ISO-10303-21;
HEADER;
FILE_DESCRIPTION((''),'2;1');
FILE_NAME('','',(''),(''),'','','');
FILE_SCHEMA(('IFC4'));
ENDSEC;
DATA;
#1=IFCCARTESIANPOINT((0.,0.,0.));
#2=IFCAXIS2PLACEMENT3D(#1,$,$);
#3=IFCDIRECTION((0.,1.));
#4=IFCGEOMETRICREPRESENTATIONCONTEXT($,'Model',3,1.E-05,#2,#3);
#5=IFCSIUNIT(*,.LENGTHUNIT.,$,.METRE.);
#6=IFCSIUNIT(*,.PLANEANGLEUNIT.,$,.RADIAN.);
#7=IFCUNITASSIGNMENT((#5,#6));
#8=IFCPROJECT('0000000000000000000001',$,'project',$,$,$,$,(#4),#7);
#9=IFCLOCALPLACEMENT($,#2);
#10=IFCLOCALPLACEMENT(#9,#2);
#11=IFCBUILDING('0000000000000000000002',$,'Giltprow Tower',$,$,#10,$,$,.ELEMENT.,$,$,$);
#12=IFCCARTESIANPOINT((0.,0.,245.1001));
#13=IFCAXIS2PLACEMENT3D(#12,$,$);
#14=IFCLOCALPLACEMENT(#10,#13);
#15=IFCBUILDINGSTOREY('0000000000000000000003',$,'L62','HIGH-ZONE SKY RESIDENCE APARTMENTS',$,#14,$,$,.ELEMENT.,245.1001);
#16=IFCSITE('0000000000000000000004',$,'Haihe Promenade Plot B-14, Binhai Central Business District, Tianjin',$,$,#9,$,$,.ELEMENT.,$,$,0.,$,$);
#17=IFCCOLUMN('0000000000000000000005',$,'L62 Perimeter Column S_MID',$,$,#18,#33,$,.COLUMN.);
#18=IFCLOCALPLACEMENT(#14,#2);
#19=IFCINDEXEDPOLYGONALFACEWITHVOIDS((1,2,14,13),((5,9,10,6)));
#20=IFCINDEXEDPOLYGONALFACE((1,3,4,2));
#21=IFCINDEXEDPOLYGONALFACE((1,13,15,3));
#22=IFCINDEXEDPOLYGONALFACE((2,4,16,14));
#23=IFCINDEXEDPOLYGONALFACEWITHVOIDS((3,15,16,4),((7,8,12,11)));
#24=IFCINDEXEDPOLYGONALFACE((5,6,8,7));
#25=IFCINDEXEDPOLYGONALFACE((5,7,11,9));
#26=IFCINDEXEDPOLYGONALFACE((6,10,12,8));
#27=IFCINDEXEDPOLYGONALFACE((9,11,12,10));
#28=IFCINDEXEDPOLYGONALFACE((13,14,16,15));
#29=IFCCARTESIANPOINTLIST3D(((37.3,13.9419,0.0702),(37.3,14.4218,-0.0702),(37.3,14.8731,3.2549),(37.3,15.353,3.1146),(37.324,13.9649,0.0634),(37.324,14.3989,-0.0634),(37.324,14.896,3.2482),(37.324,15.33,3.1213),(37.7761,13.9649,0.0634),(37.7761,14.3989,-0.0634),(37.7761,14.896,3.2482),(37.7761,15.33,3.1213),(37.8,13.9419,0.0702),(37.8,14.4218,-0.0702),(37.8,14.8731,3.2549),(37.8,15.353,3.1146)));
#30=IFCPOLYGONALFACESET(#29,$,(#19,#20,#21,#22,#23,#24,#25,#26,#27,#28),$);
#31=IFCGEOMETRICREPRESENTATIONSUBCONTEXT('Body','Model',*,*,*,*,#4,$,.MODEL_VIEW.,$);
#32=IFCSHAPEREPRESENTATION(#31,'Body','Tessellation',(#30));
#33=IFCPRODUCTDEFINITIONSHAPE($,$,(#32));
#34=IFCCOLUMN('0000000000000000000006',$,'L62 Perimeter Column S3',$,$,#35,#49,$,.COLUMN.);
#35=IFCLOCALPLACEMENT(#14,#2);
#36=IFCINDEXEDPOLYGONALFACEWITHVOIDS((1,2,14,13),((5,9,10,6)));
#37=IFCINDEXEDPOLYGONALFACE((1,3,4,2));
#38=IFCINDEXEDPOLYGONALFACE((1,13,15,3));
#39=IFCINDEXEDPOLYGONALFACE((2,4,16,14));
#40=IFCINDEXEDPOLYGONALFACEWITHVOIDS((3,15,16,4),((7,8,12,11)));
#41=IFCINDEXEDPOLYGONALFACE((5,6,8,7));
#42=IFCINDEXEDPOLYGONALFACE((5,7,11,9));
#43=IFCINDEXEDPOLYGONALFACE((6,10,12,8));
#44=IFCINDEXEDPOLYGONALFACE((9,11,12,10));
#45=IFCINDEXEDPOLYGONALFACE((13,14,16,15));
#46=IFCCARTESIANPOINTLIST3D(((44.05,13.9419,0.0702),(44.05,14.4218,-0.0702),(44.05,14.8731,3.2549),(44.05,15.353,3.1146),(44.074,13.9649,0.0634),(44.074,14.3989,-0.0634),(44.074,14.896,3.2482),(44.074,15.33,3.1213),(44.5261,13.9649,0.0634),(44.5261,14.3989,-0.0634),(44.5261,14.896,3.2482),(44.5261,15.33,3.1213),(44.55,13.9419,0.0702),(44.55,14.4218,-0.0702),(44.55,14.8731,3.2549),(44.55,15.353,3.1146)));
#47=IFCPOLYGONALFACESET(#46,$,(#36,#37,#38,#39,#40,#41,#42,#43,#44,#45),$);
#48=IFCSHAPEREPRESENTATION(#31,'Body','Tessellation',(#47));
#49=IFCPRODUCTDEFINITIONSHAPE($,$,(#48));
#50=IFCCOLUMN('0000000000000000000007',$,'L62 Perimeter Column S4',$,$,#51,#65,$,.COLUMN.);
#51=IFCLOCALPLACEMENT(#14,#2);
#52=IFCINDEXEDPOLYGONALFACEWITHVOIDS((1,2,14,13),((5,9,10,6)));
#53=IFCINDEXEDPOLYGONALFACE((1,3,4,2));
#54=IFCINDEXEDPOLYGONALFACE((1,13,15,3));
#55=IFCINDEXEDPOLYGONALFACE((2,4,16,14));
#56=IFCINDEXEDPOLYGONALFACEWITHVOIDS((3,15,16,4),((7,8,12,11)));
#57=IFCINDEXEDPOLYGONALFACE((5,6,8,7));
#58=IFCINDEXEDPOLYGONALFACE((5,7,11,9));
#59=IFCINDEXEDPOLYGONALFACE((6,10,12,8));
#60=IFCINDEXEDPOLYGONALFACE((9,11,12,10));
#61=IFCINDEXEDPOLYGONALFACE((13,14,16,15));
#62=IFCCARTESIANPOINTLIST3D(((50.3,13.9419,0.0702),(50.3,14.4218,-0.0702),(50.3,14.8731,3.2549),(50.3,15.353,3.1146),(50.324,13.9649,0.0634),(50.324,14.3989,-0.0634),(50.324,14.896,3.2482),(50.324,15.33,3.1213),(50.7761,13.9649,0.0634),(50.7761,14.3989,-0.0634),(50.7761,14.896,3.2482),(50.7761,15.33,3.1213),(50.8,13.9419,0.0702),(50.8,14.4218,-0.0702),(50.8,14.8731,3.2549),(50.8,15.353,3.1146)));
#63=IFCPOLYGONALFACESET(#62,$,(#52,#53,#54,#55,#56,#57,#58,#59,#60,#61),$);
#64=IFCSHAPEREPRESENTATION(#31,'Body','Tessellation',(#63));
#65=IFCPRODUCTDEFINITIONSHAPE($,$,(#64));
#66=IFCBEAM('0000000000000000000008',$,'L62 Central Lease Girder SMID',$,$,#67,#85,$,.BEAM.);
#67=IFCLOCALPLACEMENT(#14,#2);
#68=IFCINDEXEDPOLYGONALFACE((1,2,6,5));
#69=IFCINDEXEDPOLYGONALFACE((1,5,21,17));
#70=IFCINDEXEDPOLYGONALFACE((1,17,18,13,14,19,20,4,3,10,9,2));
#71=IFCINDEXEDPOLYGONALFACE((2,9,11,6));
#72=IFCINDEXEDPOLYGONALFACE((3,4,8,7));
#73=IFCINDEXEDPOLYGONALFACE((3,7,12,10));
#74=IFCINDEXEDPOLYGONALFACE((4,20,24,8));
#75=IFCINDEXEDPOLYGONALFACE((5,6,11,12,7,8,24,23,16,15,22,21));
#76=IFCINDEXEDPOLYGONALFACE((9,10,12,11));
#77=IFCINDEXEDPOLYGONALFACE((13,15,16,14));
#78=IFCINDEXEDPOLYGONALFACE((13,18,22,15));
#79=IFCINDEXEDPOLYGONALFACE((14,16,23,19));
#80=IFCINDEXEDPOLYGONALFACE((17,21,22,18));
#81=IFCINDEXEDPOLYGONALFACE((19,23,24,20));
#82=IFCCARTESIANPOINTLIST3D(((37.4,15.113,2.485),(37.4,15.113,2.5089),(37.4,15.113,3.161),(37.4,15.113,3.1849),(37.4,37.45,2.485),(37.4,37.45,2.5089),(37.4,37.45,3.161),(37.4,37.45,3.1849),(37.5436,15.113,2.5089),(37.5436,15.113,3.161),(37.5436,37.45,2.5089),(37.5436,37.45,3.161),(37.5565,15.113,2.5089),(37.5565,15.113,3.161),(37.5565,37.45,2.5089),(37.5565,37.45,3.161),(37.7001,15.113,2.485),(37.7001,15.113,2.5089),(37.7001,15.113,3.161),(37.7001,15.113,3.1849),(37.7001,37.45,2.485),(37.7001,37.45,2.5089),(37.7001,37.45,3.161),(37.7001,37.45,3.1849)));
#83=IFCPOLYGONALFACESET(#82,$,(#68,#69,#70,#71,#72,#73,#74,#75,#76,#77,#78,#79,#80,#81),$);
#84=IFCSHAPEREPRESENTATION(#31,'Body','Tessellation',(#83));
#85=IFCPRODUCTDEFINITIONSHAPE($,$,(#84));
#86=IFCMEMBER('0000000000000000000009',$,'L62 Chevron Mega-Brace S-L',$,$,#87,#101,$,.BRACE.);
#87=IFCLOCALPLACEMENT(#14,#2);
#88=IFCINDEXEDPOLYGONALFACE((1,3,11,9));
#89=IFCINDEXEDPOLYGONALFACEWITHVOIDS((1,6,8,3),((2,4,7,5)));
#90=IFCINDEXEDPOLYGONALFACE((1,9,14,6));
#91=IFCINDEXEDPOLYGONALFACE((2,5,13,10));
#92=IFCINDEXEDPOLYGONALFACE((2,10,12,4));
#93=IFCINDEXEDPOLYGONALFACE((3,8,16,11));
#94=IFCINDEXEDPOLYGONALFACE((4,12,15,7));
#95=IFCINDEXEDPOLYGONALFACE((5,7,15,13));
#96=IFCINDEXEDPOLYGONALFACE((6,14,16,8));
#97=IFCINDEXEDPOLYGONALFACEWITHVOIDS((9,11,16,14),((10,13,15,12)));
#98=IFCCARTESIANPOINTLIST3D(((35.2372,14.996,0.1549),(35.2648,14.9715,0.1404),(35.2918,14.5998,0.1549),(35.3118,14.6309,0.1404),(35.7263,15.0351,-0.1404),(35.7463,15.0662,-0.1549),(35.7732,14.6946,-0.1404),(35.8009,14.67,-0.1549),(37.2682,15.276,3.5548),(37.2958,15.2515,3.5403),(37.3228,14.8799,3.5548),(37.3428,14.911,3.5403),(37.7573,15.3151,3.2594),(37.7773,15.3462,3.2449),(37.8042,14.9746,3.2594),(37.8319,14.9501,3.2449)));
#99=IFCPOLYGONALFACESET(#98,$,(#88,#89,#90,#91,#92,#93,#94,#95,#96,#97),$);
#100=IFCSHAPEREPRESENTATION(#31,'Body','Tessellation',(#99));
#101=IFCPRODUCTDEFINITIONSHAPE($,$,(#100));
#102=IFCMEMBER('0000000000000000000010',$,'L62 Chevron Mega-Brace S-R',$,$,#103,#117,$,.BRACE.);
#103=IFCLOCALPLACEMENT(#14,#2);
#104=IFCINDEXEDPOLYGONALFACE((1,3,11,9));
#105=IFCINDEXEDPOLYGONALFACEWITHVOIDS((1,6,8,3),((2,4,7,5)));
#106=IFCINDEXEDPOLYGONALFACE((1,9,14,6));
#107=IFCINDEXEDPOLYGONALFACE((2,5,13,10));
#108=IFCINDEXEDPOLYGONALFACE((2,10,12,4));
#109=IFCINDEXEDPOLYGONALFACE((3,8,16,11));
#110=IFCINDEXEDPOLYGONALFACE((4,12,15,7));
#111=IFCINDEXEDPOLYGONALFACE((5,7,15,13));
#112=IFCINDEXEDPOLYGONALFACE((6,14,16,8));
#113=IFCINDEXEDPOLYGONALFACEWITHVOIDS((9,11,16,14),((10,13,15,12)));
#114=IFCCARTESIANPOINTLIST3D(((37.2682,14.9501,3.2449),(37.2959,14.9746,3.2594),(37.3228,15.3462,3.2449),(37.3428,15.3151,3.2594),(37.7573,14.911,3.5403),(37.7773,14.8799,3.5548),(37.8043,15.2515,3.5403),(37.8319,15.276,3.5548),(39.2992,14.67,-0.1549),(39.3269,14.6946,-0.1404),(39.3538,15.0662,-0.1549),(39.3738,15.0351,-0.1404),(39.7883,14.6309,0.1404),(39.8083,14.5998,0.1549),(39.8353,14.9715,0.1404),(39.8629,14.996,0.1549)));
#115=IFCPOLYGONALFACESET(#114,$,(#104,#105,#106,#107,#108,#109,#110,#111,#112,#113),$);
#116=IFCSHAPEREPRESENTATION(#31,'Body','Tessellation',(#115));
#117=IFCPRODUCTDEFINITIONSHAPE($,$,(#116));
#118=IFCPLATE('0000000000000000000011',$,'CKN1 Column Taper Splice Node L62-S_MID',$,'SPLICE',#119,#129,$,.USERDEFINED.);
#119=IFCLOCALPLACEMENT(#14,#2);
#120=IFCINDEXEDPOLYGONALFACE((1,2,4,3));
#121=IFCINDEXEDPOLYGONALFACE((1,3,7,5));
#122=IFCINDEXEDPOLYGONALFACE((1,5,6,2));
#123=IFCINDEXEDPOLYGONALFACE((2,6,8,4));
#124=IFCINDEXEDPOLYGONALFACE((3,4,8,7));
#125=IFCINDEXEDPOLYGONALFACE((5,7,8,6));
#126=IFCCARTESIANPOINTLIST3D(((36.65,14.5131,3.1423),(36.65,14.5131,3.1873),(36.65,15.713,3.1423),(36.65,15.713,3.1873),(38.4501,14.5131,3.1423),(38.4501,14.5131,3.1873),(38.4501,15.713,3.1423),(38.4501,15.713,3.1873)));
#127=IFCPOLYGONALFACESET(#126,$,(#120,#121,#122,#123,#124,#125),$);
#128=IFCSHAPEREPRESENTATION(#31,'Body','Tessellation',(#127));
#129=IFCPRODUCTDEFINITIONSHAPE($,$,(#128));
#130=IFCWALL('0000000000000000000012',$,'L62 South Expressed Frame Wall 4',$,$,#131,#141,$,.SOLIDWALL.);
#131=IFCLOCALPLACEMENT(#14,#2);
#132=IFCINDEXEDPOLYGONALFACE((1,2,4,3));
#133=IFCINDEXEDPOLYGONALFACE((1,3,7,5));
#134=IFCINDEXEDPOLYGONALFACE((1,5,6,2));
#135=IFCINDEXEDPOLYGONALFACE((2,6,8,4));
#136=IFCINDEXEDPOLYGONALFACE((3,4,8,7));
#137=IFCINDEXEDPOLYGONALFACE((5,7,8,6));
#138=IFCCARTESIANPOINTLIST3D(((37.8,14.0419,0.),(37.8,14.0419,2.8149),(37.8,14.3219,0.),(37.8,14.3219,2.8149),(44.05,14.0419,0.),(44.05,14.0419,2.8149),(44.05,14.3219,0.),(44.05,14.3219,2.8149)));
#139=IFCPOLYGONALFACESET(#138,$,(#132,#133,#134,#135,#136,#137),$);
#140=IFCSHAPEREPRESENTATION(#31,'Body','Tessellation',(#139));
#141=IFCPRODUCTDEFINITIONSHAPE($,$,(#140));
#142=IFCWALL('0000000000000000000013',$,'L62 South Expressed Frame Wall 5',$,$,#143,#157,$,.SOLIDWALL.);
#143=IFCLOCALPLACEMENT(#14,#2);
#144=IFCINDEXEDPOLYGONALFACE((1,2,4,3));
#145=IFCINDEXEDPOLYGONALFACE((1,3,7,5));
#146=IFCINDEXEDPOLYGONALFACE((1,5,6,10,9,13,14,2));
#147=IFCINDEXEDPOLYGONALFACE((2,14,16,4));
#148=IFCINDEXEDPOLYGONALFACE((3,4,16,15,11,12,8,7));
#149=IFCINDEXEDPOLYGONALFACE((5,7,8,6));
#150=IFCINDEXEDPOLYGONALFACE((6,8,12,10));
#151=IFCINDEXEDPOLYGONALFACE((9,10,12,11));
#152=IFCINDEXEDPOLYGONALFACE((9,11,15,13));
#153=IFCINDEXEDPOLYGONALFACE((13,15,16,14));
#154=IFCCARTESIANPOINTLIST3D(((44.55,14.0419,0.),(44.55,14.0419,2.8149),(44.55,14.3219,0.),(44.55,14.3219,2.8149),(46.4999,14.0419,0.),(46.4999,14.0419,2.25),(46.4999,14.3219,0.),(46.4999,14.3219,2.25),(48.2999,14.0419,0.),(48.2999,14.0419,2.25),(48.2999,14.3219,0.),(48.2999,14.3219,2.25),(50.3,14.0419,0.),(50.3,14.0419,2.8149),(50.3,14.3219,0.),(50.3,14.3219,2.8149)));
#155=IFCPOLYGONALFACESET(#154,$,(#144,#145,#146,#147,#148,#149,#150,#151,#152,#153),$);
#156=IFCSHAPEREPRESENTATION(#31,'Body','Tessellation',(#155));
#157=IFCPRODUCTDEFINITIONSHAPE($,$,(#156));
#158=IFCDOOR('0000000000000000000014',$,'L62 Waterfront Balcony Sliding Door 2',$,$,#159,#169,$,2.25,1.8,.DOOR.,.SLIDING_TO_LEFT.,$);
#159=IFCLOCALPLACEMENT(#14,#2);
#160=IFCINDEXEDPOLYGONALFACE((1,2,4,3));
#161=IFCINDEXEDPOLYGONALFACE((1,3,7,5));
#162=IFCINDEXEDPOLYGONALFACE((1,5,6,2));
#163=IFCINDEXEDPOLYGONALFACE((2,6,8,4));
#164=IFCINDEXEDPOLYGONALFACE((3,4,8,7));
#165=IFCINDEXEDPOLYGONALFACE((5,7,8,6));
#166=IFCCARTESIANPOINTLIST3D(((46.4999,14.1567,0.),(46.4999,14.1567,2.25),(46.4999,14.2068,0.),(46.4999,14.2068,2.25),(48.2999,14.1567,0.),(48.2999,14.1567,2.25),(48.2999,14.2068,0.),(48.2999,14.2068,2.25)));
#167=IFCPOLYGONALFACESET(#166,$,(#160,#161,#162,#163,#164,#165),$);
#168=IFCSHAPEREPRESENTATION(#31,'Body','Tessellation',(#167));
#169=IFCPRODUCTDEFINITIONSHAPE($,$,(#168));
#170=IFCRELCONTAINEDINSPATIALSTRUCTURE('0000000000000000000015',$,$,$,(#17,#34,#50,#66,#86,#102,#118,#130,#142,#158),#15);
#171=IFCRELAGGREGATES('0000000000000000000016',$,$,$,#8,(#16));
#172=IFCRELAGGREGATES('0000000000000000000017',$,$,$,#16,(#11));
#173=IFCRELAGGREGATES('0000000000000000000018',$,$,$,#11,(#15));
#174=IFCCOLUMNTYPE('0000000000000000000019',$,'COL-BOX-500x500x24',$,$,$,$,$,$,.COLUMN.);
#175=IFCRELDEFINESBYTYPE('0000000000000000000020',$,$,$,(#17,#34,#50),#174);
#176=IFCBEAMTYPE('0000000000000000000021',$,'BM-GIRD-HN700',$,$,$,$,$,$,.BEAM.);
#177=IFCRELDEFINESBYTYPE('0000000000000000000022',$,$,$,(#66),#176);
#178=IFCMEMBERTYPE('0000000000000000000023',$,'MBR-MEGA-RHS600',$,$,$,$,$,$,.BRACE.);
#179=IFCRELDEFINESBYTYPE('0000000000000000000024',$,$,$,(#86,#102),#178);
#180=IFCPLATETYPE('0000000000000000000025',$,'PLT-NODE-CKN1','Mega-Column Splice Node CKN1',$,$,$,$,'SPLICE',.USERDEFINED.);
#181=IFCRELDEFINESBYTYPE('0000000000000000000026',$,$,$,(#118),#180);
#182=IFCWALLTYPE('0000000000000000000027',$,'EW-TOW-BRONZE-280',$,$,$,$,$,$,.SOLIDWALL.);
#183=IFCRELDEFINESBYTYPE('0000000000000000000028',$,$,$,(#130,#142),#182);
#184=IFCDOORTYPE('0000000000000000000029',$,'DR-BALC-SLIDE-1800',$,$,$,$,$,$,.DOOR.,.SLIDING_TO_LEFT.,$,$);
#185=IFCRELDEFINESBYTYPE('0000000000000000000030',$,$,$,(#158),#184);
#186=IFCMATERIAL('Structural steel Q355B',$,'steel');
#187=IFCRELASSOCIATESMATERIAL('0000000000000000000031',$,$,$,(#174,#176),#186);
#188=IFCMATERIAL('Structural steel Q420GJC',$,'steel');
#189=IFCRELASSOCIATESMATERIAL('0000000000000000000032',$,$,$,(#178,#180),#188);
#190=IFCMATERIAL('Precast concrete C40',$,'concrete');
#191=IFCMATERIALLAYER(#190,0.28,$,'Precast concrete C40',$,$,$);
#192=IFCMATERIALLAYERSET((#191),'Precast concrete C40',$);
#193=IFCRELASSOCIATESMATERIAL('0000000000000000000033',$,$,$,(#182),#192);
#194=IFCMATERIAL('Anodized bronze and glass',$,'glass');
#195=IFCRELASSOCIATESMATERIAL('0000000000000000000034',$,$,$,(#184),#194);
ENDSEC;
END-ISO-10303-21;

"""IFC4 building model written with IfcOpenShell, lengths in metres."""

from ifc_helpers import new_model, si_unit, direction, frame, frame_2d, origin, origin_2d, place, context, subcontext, project, spatial, rectangle, hollow_rectangle, i_section, extrude, source, transform, mapped, material, layer, layer_set, material_profile, profile_set, type_object, element, fill, save


model = new_model("IFC4")

# Units and contexts
model_context = context("Model", 3, precision=1e-05, world=origin(), true_north=direction((0.0, 1.0)))
body_context = subcontext(model_context, "Body", "Model", "MODEL_VIEW")
ifc_project = project(units=[si_unit("LENGTHUNIT", "METRE"), si_unit("PLANEANGLEUNIT", "RADIAN")], contexts=[model_context])

# Site, building, storey
site_placement = place(None, origin())
site = spatial("IfcSite", under=ifc_project, at=site_placement, Name="Haihe Promenade Plot B-14, Binhai Central Business District, Tianjin", CompositionType="ELEMENT", RefElevation=0.0)
building_placement = place(site_placement, origin())
building = spatial("IfcBuilding", under=site, at=building_placement, Name="Giltprow Tower", CompositionType="ELEMENT")
storey_placement = place(building_placement, frame((0.0, 0.0, 245.1001)))
storey = spatial("IfcBuildingStorey", under=building, at=storey_placement, Name="L62", Description="HIGH-ZONE SKY RESIDENCE APARTMENTS", CompositionType="ELEMENT", Elevation=245.1001)

# Columns
ifc_material_1 = material(Name="Structural steel Q355B", Category="steel")
ifc_material_profile_1 = material_profile(ifc_material_1, hollow_rectangle(XDim=0.5, YDim=0.5, WallThickness=0.0239, at=origin_2d()), Name="BOX 500x500x24")
ifc_profile_set_1 = profile_set([ifc_material_profile_1], Name="Structural steel Q355B")
column_type = type_object("IfcColumnType", Name="COL-BOX-500x500x24", PredefinedType="COLUMN", material=ifc_profile_set_1)
shared_shape_1 = source(origin(), body_context, "Body", "SweptSolid", [
    extrude(hollow_rectangle(XDim=0.5, YDim=0.5, WallThickness=0.0239, at=origin_2d()), origin(), (0.0, 0.0, 1.0), 3.3181),
])
for number, where, z_axis, x_axis, name in (
    (1, (37.55, 14.1819, 0.0), (0.0, 0.280624, 0.959818), (-1.0, 0.0, 0.0), "L62 Perimeter Column S_MID"),
    (2, (44.3, 14.1819, 0.0), (0.0, 0.280624, 0.959818), (-1.0, 0.0, 0.0), "L62 Perimeter Column S3"),
    (3, (50.55, 14.1819, 0.0), (0.0, 0.280624, 0.959818), (-1.0, 0.0, 0.0), "L62 Perimeter Column S4"),
):
    element("IfcColumn", number, at=place(storey_placement, frame(where, z_axis=z_axis, x_axis=x_axis)), inside=storey, type_object=column_type, Name=name, PredefinedType="COLUMN", context=body_context, shape_type="MappedRepresentation", body=[
        mapped(shared_shape_1, transform((0.0, 0.0, 0.0), x_axis=(1.0, 0.0, 0.0), y_axis=(0.0, 1.0, 0.0), z_axis=(0.0, 0.0, 1.0), scale=1.0)),
    ])

# Beam
ifc_material_profile_2 = material_profile(ifc_material_1, i_section(OverallWidth=0.3, OverallDepth=0.7, WebThickness=0.0129, FlangeThickness=0.0239, at=origin_2d()), Name="HN 700x300x13x24")
ifc_profile_set_2 = profile_set([ifc_material_profile_2], Name="Structural steel Q355B")
beam_type = type_object("IfcBeamType", Name="BM-GIRD-HN700", PredefinedType="BEAM", material=ifc_profile_set_2)
shared_shape_2 = source(origin(), body_context, "Body", "SweptSolid", [
    extrude(i_section(OverallWidth=0.3, OverallDepth=0.7, WebThickness=0.0129, FlangeThickness=0.0239, at=origin_2d()), origin(), (0.0, 0.0, 1.0), 22.3369),
])
beam_placement = place(storey_placement, frame((37.55, 15.113, 2.835), z_axis=(0.0, 1.0, 0.0), x_axis=(-1.0, 0.0, 0.0)))
element("IfcBeam", 4, at=beam_placement, inside=storey, type_object=beam_type, Name="L62 Central Lease Girder SMID", PredefinedType="BEAM", context=body_context, shape_type="MappedRepresentation", body=[
    mapped(shared_shape_2, transform((0.0, 0.0, 0.0), x_axis=(1.0, 0.0, 0.0), y_axis=(0.0, 1.0, 0.0), z_axis=(0.0, 0.0, 1.0), scale=1.0)),
])

# Members
ifc_material_2 = material(Name="Structural steel Q420GJC", Category="steel")
ifc_material_profile_3 = material_profile(ifc_material_2, hollow_rectangle(XDim=0.3999, YDim=0.6001, WallThickness=0.0281, at=origin_2d()), Name="RHS 600x400x28")
ifc_profile_set_3 = profile_set([ifc_material_profile_3], Name="Structural steel Q420GJC")
member_type = type_object("IfcMemberType", Name="MBR-MEGA-RHS600", PredefinedType="BRACE", material=ifc_profile_set_3)
shared_shape_3 = source(origin(), body_context, "Body", "SweptSolid", [
    extrude(hollow_rectangle(XDim=0.3999, YDim=0.6001, WallThickness=0.0281, at=origin_2d()), origin(), (0.0, 0.0, 1.0), 3.9702),
])
for number, where, z_axis, x_axis, name in (
    (5, (35.519, 14.833, 0.0), (0.511559, 0.070532, 0.856349), (-0.136585, 0.990628, 0.0), "L62 Chevron Mega-Brace S-L"),
    (6, (39.5811, 14.833, 0.0), (-0.511559, 0.070532, 0.856349), (-0.136585, -0.990628, 0.0), "L62 Chevron Mega-Brace S-R"),
):
    element("IfcMember", number, at=place(storey_placement, frame(where, z_axis=z_axis, x_axis=x_axis)), inside=storey, type_object=member_type, Name=name, PredefinedType="BRACE", context=body_context, shape_type="MappedRepresentation", body=[
        mapped(shared_shape_3, transform((0.0, 0.0, 0.0), x_axis=(1.0, 0.0, 0.0), y_axis=(0.0, 1.0, 0.0), z_axis=(0.0, 0.0, 1.0), scale=1.0)),
    ])

# Plate
plate_type = type_object("IfcPlateType", Name="PLT-NODE-CKN1", Description="Mega-Column Splice Node CKN1", ElementType="SPLICE", PredefinedType="USERDEFINED", material=ifc_material_2)
shared_shape_4 = source(origin(), body_context, "Body", "SweptSolid", [
    extrude(rectangle(XDim=1.8, YDim=1.2, at=origin_2d()), origin(), (0.0, 0.0, 1.0), 0.0449),
])
plate_placement = place(storey_placement, frame((37.55, 15.113, 3.1423), z_axis=(0.0, 0.0, 1.0), x_axis=(1.0, 0.0, 0.0)))
element("IfcPlate", 7, at=plate_placement, inside=storey, type_object=plate_type, Name="CKN1 Column Taper Splice Node L62-S_MID", ObjectType="SPLICE", PredefinedType="USERDEFINED", context=body_context, shape_type="MappedRepresentation", body=[
    mapped(shared_shape_4, transform((0.0, 0.0, 0.0), x_axis=(1.0, 0.0, 0.0), y_axis=(0.0, 1.0, 0.0), z_axis=(0.0, 0.0, 1.0), scale=1.0)),
])

# Wall
ifc_material_3 = material(Name="Precast concrete C40", Category="concrete")
ifc_layer_1 = layer(ifc_material_3, 0.28, Name="Precast concrete C40")
ifc_layer_set_1 = layer_set([ifc_layer_1], Name="Precast concrete C40")
wall_type_1 = type_object("IfcWallType", Name="EW-TOW-BRONZE-280", PredefinedType="SOLIDWALL", material=ifc_layer_set_1)
wall_1_placement = place(storey_placement, frame((37.8, 14.1819, 0.0), z_axis=(0.0, 0.0, 1.0), x_axis=(1.0, 0.0, 0.0)))
element("IfcWall", 8, at=wall_1_placement, inside=storey, type_object=wall_type_1, Name="L62 South Expressed Frame Wall 4", PredefinedType="SOLIDWALL", context=body_context, shape_type="SweptSolid", body=[
    extrude(rectangle(XDim=6.25, YDim=0.28, at=frame_2d((3.125, 0.0))), origin(), (0.0, 0.0, 1.0), 2.8149),
])

# Wall, opening, door
wall_2_placement = place(storey_placement, frame((44.55, 14.1819, 0.0), z_axis=(0.0, 0.0, 1.0), x_axis=(1.0, 0.0, 0.0)))
wall_2 = element("IfcWall", 9, at=wall_2_placement, inside=storey, type_object=wall_type_1, Name="L62 South Expressed Frame Wall 5", PredefinedType="SOLIDWALL", context=body_context, shape_type="SweptSolid", body=[
    extrude(rectangle(XDim=5.75, YDim=0.28, at=frame_2d((2.875, 0.0))), origin(), (0.0, 0.0, 1.0), 2.8149),
])
opening_1_placement = place(wall_2_placement, frame((1.95, 0.0, 0.0)))
opening_1 = element("IfcOpeningElement", 10, at=opening_1_placement, cuts=wall_2, PredefinedType="OPENING", context=body_context, shape_type="SweptSolid", body=[
    extrude(rectangle(XDim=1.8, YDim=2.25, at=frame_2d((0.8999, 1.125))), frame((0.0, 0.1499, 0.0), z_axis=(0.0, -1.0, 0.0), x_axis=(1.0, 0.0, 0.0)), (0.0, 0.0, 1.0), 0.3),
])
ifc_material_4 = material(Name="Anodized bronze and glass", Category="glass")
door_type_1 = type_object("IfcDoorType", Name="DR-BALC-SLIDE-1800", OperationType="SLIDING_TO_LEFT", PredefinedType="DOOR", material=ifc_material_4)
shared_shape_5 = source(origin(), body_context, "Body", "SweptSolid", [
    extrude(rectangle(XDim=1.8, YDim=2.25, at=frame_2d((0.8999, 1.125))), frame((0.0, 0.0249, 0.0), z_axis=(0.0, -1.0, 0.0), x_axis=(1.0, 0.0, 0.0)), (0.0, 0.0, 1.0), 0.05),
])
door_1_placement = place(opening_1_placement, origin())
door_1 = element("IfcDoor", 11, at=door_1_placement, inside=storey, type_object=door_type_1, Name="L62 Waterfront Balcony Sliding Door 2", OperationType="SLIDING_TO_LEFT", OverallHeight=2.25, OverallWidth=1.8, PredefinedType="DOOR", context=body_context, shape_type="MappedRepresentation", body=[
    mapped(shared_shape_5, transform((0.0, 0.0, 0.0), x_axis=(1.0, 0.0, 0.0), y_axis=(0.0, 1.0, 0.0), z_axis=(0.0, 0.0, 1.0), scale=1.0)),
])
fill(opening_1, door_1)

save(model, "model.ifc")
